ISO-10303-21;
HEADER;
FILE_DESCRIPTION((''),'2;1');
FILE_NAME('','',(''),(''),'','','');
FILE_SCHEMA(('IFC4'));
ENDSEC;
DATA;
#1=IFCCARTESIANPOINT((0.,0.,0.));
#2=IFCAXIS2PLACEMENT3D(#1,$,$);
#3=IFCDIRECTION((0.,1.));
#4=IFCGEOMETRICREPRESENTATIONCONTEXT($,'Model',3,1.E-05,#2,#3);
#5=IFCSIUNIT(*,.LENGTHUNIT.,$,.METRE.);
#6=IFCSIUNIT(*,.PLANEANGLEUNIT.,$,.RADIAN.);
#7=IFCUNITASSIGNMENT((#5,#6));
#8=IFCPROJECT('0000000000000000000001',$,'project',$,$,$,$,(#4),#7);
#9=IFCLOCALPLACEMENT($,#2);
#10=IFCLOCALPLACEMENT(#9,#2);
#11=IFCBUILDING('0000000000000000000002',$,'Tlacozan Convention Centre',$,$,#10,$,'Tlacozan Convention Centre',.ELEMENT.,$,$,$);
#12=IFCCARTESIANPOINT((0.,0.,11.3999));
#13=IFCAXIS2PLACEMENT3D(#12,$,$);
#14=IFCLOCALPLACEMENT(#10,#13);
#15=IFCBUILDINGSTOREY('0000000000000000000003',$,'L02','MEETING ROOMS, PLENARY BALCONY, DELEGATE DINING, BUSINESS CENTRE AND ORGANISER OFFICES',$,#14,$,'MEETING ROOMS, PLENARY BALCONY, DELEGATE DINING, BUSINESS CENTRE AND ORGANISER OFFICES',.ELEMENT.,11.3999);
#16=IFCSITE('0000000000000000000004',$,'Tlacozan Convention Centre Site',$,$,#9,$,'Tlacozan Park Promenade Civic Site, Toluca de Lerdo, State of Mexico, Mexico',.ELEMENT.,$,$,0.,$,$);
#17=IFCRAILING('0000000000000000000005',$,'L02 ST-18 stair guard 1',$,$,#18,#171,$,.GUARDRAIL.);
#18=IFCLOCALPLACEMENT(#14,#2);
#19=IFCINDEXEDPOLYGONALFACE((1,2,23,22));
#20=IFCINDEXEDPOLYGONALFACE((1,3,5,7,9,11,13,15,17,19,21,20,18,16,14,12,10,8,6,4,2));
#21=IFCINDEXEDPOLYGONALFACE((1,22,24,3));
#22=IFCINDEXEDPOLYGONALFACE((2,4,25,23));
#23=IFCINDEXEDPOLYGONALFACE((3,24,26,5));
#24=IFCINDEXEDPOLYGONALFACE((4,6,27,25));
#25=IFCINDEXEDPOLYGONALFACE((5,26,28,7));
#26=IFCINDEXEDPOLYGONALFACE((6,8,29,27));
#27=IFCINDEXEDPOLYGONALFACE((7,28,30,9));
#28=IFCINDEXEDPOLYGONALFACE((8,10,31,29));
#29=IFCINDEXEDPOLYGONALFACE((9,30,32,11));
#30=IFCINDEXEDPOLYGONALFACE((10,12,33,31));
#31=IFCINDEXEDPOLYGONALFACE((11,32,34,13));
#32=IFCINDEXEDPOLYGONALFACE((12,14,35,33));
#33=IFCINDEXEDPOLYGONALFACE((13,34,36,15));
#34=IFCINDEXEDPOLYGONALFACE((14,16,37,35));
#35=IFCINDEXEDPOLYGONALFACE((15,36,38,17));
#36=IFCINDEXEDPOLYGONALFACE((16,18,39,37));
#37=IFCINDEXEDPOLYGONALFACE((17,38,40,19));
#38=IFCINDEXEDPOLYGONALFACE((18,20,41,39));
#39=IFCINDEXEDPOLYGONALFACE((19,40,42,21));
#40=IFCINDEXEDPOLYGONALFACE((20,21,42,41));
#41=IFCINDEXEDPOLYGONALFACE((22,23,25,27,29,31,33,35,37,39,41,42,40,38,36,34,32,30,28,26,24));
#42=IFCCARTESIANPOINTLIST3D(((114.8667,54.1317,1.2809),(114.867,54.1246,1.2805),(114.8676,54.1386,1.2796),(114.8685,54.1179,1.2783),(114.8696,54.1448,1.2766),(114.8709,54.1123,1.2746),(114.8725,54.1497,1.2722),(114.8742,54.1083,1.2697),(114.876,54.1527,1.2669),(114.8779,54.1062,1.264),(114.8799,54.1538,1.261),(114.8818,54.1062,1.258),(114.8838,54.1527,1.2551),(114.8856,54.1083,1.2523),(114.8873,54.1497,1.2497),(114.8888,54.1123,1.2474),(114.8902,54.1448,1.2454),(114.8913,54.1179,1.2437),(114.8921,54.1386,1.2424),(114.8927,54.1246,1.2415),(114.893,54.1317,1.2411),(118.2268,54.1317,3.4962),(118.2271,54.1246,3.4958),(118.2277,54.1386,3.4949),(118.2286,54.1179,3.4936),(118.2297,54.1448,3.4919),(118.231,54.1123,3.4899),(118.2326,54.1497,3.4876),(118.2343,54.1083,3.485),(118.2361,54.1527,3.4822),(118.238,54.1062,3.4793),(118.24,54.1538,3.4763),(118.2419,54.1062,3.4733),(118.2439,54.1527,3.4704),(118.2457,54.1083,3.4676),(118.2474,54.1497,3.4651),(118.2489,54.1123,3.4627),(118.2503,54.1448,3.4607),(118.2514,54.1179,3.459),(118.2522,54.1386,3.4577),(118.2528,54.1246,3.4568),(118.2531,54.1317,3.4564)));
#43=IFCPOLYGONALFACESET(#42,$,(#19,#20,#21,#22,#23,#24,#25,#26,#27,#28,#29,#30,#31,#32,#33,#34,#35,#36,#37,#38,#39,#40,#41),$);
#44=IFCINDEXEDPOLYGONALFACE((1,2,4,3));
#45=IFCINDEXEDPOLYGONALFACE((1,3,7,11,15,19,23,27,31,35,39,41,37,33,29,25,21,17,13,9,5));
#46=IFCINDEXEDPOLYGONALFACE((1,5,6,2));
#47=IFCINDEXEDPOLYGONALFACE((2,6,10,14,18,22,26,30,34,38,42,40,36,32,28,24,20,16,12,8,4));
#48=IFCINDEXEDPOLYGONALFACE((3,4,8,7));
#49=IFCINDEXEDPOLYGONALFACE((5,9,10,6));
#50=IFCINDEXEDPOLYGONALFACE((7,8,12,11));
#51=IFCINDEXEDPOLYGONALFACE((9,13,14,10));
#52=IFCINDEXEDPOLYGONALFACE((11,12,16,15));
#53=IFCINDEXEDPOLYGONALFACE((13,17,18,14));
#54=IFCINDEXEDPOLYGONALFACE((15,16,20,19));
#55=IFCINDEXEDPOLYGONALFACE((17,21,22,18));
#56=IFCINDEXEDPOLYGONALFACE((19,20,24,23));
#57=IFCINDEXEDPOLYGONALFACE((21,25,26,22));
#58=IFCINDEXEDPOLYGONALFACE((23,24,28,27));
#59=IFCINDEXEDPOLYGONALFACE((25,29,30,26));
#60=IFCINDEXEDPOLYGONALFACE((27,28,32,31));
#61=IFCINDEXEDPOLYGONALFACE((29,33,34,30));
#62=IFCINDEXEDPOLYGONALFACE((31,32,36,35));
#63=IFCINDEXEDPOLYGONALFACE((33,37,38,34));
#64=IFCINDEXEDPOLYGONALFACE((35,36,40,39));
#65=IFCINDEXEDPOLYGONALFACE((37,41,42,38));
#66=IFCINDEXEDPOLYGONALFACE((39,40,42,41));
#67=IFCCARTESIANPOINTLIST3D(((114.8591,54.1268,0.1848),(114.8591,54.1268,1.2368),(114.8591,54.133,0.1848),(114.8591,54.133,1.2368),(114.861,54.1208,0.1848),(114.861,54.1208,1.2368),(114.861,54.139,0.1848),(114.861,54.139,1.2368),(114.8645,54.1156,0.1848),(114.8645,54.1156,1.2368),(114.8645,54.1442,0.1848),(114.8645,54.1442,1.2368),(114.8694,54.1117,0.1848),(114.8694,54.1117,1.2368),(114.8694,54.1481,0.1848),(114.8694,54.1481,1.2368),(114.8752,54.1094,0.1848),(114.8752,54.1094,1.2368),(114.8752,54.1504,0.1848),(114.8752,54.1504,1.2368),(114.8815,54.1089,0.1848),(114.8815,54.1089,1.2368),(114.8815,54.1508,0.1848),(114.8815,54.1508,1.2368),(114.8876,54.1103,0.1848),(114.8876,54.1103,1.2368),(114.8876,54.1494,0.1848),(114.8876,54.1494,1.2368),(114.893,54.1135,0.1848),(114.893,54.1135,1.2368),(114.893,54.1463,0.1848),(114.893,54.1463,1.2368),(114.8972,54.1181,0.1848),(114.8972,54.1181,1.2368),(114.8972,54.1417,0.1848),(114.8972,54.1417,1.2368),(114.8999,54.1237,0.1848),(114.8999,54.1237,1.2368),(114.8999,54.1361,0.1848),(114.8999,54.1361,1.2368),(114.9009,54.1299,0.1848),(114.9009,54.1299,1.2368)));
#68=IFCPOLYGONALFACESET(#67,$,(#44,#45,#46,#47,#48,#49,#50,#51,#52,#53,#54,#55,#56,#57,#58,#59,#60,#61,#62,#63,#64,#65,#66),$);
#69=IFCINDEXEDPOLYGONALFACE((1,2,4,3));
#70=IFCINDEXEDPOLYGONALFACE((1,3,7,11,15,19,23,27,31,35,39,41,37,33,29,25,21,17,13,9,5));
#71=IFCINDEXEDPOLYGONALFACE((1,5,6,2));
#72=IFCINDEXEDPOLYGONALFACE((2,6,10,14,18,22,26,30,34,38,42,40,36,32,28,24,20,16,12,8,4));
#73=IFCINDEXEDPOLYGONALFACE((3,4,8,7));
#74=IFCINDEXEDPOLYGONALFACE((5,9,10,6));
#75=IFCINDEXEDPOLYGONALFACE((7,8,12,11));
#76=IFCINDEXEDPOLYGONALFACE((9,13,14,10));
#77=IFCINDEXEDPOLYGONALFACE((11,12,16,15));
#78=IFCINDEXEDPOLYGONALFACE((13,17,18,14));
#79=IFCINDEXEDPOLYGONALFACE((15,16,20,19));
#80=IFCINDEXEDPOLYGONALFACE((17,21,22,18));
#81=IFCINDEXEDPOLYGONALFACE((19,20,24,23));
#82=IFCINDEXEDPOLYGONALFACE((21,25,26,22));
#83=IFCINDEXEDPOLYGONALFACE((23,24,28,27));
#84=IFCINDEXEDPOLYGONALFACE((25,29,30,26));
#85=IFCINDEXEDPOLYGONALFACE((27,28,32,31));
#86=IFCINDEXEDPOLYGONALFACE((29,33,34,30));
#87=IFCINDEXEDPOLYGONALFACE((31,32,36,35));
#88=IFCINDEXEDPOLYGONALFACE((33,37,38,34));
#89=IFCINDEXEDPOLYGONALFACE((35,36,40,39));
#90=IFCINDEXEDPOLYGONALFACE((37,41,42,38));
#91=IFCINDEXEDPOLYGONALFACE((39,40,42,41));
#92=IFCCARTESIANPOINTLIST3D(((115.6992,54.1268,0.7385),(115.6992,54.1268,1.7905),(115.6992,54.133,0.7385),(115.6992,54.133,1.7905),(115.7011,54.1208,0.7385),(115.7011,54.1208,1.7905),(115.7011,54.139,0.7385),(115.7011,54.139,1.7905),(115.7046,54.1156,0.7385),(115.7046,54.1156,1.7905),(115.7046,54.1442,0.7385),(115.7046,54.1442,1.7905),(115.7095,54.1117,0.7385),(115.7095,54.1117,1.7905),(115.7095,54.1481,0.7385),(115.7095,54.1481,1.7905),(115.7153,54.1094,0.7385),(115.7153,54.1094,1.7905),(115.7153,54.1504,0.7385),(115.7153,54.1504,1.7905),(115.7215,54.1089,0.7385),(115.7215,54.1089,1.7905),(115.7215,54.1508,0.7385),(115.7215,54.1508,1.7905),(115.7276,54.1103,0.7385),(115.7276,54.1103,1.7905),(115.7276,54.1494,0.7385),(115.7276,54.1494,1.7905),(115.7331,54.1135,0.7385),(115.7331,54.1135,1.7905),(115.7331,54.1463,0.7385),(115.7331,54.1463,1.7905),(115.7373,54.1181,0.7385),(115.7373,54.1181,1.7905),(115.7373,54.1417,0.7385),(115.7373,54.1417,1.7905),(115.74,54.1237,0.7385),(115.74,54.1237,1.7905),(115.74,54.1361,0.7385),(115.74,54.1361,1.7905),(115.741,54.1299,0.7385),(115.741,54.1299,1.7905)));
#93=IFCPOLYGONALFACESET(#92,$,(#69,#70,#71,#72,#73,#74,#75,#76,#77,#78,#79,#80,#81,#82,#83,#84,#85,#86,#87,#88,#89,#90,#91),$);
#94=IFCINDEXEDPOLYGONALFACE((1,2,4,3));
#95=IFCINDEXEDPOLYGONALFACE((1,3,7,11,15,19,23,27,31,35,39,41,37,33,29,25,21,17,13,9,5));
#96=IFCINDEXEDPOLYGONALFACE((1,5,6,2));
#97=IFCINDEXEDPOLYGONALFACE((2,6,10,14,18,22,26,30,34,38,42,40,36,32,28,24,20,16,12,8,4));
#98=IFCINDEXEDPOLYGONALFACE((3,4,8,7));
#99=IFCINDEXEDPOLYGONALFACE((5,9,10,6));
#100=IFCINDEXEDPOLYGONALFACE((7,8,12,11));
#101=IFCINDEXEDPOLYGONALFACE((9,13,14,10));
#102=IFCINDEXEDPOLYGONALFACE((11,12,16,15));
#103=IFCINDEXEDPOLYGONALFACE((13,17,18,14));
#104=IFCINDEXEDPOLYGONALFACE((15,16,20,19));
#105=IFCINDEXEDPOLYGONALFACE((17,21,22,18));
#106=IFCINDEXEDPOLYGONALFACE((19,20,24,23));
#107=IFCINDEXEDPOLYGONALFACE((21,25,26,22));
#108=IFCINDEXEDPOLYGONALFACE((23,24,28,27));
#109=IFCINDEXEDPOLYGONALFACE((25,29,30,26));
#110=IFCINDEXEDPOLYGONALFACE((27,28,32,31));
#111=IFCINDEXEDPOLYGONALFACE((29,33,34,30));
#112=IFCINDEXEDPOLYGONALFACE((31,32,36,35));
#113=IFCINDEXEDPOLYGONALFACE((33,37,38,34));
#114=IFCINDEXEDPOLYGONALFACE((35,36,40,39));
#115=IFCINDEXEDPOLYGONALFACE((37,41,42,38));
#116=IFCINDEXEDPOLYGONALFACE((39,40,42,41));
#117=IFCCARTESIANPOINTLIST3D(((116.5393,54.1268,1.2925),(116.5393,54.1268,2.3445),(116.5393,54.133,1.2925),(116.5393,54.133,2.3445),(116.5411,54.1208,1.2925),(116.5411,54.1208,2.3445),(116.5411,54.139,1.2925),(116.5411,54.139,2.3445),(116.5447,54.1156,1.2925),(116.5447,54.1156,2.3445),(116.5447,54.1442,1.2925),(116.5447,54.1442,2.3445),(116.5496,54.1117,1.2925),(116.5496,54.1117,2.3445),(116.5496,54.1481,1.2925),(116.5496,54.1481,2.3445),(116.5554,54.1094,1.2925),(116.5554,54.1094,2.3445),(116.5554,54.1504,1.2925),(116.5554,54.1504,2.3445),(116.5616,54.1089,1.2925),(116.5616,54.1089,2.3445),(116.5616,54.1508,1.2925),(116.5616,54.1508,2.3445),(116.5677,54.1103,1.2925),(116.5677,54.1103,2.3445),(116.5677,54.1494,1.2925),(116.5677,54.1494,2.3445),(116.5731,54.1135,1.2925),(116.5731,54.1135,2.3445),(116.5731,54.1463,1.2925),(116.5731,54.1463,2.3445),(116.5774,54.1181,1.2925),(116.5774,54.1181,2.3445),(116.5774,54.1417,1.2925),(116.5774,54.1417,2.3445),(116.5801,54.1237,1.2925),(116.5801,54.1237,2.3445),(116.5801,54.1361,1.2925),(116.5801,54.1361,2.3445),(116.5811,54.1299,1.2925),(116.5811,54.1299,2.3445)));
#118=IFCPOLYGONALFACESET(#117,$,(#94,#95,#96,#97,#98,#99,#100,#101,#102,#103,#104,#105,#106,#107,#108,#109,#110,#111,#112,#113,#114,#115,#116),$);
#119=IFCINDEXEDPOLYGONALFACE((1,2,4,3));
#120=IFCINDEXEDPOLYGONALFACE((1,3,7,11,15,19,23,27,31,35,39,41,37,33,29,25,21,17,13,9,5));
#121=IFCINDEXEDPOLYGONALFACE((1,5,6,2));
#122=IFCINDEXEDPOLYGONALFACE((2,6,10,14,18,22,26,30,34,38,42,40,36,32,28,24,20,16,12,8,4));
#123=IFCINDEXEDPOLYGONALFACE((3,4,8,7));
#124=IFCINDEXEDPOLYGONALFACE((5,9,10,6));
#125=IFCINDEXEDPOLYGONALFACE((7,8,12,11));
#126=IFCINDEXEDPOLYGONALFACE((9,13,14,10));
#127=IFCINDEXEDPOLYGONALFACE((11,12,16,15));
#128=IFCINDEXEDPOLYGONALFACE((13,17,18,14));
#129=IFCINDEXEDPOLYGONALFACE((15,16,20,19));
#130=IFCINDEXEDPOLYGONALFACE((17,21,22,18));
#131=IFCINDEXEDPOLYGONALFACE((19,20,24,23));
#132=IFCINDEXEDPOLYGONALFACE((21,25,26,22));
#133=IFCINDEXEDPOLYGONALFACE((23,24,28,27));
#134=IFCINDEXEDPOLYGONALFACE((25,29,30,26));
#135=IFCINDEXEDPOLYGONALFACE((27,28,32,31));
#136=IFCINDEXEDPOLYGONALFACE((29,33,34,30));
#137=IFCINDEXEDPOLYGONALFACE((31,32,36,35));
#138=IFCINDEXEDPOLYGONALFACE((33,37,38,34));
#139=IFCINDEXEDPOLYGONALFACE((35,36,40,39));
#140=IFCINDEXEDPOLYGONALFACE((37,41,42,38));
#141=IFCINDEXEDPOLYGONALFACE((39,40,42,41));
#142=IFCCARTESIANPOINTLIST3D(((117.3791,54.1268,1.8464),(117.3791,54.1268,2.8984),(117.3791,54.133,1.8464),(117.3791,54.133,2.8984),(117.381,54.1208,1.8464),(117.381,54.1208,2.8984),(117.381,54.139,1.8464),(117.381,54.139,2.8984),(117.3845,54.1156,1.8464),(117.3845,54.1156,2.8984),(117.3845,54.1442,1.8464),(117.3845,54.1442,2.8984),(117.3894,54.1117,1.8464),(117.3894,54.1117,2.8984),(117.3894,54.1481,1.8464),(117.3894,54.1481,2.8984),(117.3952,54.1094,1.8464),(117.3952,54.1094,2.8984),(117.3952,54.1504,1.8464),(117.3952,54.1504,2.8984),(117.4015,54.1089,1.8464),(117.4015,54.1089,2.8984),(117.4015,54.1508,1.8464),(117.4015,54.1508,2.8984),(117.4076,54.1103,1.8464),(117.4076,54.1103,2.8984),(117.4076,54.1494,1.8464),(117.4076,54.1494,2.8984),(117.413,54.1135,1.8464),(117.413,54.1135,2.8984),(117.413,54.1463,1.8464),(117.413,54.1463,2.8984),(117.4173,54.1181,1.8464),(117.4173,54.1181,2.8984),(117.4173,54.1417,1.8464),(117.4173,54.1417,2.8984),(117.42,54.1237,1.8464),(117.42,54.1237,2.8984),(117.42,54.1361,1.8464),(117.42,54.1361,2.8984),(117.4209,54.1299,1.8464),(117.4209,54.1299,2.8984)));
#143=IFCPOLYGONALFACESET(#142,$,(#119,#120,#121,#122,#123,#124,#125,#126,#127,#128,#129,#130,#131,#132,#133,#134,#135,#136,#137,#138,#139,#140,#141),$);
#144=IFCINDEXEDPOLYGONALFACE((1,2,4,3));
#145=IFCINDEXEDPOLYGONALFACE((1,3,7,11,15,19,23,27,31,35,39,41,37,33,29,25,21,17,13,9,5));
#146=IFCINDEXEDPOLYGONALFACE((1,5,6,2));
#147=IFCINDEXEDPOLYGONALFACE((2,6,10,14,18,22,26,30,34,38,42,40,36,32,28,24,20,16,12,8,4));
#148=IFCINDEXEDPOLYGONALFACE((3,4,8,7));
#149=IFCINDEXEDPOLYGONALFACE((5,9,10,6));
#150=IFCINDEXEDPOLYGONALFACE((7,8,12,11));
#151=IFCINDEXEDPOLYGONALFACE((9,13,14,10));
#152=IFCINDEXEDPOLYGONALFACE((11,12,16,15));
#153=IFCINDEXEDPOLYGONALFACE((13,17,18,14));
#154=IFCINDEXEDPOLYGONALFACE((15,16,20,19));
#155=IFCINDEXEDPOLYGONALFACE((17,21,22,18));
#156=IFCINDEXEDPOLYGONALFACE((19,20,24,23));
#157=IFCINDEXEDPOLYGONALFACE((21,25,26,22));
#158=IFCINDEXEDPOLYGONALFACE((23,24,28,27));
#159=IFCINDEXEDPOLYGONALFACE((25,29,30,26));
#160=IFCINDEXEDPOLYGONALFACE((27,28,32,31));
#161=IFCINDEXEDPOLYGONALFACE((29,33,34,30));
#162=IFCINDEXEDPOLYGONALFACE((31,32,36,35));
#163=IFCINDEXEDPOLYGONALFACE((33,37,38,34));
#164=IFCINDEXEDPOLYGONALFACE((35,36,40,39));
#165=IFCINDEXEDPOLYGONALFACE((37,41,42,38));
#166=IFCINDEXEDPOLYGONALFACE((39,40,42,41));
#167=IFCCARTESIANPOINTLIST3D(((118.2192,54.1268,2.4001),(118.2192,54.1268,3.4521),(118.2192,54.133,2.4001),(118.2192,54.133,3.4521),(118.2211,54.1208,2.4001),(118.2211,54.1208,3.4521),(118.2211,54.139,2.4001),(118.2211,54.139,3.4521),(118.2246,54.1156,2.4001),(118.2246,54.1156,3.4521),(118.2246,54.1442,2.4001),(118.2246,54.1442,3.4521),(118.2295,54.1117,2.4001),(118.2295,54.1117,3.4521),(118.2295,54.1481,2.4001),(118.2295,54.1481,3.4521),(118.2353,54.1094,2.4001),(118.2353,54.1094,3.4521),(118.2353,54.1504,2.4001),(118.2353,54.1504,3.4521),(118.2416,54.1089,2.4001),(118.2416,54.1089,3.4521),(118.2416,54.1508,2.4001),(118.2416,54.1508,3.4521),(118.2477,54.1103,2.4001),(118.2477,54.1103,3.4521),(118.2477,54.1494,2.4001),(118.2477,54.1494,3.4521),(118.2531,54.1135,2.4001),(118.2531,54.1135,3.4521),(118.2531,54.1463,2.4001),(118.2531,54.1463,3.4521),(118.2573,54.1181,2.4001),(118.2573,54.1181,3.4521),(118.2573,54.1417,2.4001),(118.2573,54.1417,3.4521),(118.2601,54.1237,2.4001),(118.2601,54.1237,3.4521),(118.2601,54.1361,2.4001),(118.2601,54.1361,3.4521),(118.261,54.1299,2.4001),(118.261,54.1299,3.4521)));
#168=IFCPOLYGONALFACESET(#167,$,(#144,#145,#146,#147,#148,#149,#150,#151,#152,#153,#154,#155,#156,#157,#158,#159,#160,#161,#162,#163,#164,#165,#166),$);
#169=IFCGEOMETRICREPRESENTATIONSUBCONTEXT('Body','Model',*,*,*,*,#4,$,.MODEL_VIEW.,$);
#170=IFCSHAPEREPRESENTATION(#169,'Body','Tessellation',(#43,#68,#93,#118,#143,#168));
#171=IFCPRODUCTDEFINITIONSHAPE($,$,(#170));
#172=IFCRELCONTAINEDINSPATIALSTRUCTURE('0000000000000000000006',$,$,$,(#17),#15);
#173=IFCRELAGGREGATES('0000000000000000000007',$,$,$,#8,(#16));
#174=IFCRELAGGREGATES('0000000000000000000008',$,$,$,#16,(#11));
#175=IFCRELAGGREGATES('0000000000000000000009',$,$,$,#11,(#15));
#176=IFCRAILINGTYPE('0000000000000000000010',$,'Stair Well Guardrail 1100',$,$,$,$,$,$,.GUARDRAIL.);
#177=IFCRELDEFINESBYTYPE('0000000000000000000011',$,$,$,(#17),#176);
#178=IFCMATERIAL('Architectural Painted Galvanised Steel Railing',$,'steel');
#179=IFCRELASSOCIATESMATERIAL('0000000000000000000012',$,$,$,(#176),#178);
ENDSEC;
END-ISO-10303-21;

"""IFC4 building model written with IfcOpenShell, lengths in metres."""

from ifc_helpers import new_model, si_unit, direction, frame, origin, origin_2d, place, context, subcontext, project, spatial, circle, extrude, material, type_object, element, save


model = new_model("IFC4")

# Units and contexts
model_context = context("Model", 3, precision=1e-05, world=origin(), true_north=direction((0.0, 1.0)))
body_context = subcontext(model_context, "Body", "Model", "MODEL_VIEW")
ifc_project = project(units=[si_unit("LENGTHUNIT", "METRE"), si_unit("PLANEANGLEUNIT", "RADIAN")], contexts=[model_context])

# Site, building, storey
site_placement = place(None, origin())
site = spatial("IfcSite", under=ifc_project, at=site_placement, Name="Tlacozan Convention Centre Site", LongName="Tlacozan Park Promenade Civic Site, Toluca de Lerdo, State of Mexico, Mexico", CompositionType="ELEMENT", RefElevation=0.0)
building_placement = place(site_placement, origin())
building = spatial("IfcBuilding", under=site, at=building_placement, Name="Tlacozan Convention Centre", LongName="Tlacozan Convention Centre", CompositionType="ELEMENT")
storey_placement = place(building_placement, frame((0.0, 0.0, 11.3999)))
storey = spatial("IfcBuildingStorey", under=building, at=storey_placement, Name="L02", Description="MEETING ROOMS, PLENARY BALCONY, DELEGATE DINING, BUSINESS CENTRE AND ORGANISER OFFICES", LongName="MEETING ROOMS, PLENARY BALCONY, DELEGATE DINING, BUSINESS CENTRE AND ORGANISER OFFICES", CompositionType="ELEMENT", Elevation=11.3999)

# Railing
ifc_material_1 = material(Name="Architectural Painted Galvanised Steel Railing", Category="steel")
railing_type_1 = type_object("IfcRailingType", Name="Stair Well Guardrail 1100", PredefinedType="GUARDRAIL", material=ifc_material_1)
railing_1_placement = place(storey_placement, frame((114.8799, 54.1299, 0.1848)))
element("IfcRailing", 1, at=railing_1_placement, inside=storey, type_object=railing_type_1, Name="L02 ST-18 stair guard 1", PredefinedType="GUARDRAIL", context=body_context, shape_type="SweptSolid", body=[
    extrude(circle(Radius=0.0239, at=origin_2d()), frame((0.0, 0.0, 1.0762), z_axis=(0.834876, 0.0, 0.550437), x_axis=(0.0, 1.0, 0.0)), (0.0, 0.0, 1.0), 4.0247),
    extrude(circle(Radius=0.021, at=origin_2d()), origin(), (0.0, 0.0, 1.0), 1.052),
    extrude(circle(Radius=0.021, at=origin_2d()), frame((0.8401, 0.0, 0.5537)), (0.0, 0.0, 1.0), 1.052),
    extrude(circle(Radius=0.021, at=origin_2d()), frame((1.6802, 0.0, 1.1077)), (0.0, 0.0, 1.0), 1.052),
    extrude(circle(Radius=0.021, at=origin_2d()), frame((2.52, 0.0, 1.6616)), (0.0, 0.0, 1.0), 1.052),
    extrude(circle(Radius=0.021, at=origin_2d()), frame((3.3601, 0.0, 2.2153)), (0.0, 0.0, 1.0), 1.052),
])

save(model, "model.ifc")
